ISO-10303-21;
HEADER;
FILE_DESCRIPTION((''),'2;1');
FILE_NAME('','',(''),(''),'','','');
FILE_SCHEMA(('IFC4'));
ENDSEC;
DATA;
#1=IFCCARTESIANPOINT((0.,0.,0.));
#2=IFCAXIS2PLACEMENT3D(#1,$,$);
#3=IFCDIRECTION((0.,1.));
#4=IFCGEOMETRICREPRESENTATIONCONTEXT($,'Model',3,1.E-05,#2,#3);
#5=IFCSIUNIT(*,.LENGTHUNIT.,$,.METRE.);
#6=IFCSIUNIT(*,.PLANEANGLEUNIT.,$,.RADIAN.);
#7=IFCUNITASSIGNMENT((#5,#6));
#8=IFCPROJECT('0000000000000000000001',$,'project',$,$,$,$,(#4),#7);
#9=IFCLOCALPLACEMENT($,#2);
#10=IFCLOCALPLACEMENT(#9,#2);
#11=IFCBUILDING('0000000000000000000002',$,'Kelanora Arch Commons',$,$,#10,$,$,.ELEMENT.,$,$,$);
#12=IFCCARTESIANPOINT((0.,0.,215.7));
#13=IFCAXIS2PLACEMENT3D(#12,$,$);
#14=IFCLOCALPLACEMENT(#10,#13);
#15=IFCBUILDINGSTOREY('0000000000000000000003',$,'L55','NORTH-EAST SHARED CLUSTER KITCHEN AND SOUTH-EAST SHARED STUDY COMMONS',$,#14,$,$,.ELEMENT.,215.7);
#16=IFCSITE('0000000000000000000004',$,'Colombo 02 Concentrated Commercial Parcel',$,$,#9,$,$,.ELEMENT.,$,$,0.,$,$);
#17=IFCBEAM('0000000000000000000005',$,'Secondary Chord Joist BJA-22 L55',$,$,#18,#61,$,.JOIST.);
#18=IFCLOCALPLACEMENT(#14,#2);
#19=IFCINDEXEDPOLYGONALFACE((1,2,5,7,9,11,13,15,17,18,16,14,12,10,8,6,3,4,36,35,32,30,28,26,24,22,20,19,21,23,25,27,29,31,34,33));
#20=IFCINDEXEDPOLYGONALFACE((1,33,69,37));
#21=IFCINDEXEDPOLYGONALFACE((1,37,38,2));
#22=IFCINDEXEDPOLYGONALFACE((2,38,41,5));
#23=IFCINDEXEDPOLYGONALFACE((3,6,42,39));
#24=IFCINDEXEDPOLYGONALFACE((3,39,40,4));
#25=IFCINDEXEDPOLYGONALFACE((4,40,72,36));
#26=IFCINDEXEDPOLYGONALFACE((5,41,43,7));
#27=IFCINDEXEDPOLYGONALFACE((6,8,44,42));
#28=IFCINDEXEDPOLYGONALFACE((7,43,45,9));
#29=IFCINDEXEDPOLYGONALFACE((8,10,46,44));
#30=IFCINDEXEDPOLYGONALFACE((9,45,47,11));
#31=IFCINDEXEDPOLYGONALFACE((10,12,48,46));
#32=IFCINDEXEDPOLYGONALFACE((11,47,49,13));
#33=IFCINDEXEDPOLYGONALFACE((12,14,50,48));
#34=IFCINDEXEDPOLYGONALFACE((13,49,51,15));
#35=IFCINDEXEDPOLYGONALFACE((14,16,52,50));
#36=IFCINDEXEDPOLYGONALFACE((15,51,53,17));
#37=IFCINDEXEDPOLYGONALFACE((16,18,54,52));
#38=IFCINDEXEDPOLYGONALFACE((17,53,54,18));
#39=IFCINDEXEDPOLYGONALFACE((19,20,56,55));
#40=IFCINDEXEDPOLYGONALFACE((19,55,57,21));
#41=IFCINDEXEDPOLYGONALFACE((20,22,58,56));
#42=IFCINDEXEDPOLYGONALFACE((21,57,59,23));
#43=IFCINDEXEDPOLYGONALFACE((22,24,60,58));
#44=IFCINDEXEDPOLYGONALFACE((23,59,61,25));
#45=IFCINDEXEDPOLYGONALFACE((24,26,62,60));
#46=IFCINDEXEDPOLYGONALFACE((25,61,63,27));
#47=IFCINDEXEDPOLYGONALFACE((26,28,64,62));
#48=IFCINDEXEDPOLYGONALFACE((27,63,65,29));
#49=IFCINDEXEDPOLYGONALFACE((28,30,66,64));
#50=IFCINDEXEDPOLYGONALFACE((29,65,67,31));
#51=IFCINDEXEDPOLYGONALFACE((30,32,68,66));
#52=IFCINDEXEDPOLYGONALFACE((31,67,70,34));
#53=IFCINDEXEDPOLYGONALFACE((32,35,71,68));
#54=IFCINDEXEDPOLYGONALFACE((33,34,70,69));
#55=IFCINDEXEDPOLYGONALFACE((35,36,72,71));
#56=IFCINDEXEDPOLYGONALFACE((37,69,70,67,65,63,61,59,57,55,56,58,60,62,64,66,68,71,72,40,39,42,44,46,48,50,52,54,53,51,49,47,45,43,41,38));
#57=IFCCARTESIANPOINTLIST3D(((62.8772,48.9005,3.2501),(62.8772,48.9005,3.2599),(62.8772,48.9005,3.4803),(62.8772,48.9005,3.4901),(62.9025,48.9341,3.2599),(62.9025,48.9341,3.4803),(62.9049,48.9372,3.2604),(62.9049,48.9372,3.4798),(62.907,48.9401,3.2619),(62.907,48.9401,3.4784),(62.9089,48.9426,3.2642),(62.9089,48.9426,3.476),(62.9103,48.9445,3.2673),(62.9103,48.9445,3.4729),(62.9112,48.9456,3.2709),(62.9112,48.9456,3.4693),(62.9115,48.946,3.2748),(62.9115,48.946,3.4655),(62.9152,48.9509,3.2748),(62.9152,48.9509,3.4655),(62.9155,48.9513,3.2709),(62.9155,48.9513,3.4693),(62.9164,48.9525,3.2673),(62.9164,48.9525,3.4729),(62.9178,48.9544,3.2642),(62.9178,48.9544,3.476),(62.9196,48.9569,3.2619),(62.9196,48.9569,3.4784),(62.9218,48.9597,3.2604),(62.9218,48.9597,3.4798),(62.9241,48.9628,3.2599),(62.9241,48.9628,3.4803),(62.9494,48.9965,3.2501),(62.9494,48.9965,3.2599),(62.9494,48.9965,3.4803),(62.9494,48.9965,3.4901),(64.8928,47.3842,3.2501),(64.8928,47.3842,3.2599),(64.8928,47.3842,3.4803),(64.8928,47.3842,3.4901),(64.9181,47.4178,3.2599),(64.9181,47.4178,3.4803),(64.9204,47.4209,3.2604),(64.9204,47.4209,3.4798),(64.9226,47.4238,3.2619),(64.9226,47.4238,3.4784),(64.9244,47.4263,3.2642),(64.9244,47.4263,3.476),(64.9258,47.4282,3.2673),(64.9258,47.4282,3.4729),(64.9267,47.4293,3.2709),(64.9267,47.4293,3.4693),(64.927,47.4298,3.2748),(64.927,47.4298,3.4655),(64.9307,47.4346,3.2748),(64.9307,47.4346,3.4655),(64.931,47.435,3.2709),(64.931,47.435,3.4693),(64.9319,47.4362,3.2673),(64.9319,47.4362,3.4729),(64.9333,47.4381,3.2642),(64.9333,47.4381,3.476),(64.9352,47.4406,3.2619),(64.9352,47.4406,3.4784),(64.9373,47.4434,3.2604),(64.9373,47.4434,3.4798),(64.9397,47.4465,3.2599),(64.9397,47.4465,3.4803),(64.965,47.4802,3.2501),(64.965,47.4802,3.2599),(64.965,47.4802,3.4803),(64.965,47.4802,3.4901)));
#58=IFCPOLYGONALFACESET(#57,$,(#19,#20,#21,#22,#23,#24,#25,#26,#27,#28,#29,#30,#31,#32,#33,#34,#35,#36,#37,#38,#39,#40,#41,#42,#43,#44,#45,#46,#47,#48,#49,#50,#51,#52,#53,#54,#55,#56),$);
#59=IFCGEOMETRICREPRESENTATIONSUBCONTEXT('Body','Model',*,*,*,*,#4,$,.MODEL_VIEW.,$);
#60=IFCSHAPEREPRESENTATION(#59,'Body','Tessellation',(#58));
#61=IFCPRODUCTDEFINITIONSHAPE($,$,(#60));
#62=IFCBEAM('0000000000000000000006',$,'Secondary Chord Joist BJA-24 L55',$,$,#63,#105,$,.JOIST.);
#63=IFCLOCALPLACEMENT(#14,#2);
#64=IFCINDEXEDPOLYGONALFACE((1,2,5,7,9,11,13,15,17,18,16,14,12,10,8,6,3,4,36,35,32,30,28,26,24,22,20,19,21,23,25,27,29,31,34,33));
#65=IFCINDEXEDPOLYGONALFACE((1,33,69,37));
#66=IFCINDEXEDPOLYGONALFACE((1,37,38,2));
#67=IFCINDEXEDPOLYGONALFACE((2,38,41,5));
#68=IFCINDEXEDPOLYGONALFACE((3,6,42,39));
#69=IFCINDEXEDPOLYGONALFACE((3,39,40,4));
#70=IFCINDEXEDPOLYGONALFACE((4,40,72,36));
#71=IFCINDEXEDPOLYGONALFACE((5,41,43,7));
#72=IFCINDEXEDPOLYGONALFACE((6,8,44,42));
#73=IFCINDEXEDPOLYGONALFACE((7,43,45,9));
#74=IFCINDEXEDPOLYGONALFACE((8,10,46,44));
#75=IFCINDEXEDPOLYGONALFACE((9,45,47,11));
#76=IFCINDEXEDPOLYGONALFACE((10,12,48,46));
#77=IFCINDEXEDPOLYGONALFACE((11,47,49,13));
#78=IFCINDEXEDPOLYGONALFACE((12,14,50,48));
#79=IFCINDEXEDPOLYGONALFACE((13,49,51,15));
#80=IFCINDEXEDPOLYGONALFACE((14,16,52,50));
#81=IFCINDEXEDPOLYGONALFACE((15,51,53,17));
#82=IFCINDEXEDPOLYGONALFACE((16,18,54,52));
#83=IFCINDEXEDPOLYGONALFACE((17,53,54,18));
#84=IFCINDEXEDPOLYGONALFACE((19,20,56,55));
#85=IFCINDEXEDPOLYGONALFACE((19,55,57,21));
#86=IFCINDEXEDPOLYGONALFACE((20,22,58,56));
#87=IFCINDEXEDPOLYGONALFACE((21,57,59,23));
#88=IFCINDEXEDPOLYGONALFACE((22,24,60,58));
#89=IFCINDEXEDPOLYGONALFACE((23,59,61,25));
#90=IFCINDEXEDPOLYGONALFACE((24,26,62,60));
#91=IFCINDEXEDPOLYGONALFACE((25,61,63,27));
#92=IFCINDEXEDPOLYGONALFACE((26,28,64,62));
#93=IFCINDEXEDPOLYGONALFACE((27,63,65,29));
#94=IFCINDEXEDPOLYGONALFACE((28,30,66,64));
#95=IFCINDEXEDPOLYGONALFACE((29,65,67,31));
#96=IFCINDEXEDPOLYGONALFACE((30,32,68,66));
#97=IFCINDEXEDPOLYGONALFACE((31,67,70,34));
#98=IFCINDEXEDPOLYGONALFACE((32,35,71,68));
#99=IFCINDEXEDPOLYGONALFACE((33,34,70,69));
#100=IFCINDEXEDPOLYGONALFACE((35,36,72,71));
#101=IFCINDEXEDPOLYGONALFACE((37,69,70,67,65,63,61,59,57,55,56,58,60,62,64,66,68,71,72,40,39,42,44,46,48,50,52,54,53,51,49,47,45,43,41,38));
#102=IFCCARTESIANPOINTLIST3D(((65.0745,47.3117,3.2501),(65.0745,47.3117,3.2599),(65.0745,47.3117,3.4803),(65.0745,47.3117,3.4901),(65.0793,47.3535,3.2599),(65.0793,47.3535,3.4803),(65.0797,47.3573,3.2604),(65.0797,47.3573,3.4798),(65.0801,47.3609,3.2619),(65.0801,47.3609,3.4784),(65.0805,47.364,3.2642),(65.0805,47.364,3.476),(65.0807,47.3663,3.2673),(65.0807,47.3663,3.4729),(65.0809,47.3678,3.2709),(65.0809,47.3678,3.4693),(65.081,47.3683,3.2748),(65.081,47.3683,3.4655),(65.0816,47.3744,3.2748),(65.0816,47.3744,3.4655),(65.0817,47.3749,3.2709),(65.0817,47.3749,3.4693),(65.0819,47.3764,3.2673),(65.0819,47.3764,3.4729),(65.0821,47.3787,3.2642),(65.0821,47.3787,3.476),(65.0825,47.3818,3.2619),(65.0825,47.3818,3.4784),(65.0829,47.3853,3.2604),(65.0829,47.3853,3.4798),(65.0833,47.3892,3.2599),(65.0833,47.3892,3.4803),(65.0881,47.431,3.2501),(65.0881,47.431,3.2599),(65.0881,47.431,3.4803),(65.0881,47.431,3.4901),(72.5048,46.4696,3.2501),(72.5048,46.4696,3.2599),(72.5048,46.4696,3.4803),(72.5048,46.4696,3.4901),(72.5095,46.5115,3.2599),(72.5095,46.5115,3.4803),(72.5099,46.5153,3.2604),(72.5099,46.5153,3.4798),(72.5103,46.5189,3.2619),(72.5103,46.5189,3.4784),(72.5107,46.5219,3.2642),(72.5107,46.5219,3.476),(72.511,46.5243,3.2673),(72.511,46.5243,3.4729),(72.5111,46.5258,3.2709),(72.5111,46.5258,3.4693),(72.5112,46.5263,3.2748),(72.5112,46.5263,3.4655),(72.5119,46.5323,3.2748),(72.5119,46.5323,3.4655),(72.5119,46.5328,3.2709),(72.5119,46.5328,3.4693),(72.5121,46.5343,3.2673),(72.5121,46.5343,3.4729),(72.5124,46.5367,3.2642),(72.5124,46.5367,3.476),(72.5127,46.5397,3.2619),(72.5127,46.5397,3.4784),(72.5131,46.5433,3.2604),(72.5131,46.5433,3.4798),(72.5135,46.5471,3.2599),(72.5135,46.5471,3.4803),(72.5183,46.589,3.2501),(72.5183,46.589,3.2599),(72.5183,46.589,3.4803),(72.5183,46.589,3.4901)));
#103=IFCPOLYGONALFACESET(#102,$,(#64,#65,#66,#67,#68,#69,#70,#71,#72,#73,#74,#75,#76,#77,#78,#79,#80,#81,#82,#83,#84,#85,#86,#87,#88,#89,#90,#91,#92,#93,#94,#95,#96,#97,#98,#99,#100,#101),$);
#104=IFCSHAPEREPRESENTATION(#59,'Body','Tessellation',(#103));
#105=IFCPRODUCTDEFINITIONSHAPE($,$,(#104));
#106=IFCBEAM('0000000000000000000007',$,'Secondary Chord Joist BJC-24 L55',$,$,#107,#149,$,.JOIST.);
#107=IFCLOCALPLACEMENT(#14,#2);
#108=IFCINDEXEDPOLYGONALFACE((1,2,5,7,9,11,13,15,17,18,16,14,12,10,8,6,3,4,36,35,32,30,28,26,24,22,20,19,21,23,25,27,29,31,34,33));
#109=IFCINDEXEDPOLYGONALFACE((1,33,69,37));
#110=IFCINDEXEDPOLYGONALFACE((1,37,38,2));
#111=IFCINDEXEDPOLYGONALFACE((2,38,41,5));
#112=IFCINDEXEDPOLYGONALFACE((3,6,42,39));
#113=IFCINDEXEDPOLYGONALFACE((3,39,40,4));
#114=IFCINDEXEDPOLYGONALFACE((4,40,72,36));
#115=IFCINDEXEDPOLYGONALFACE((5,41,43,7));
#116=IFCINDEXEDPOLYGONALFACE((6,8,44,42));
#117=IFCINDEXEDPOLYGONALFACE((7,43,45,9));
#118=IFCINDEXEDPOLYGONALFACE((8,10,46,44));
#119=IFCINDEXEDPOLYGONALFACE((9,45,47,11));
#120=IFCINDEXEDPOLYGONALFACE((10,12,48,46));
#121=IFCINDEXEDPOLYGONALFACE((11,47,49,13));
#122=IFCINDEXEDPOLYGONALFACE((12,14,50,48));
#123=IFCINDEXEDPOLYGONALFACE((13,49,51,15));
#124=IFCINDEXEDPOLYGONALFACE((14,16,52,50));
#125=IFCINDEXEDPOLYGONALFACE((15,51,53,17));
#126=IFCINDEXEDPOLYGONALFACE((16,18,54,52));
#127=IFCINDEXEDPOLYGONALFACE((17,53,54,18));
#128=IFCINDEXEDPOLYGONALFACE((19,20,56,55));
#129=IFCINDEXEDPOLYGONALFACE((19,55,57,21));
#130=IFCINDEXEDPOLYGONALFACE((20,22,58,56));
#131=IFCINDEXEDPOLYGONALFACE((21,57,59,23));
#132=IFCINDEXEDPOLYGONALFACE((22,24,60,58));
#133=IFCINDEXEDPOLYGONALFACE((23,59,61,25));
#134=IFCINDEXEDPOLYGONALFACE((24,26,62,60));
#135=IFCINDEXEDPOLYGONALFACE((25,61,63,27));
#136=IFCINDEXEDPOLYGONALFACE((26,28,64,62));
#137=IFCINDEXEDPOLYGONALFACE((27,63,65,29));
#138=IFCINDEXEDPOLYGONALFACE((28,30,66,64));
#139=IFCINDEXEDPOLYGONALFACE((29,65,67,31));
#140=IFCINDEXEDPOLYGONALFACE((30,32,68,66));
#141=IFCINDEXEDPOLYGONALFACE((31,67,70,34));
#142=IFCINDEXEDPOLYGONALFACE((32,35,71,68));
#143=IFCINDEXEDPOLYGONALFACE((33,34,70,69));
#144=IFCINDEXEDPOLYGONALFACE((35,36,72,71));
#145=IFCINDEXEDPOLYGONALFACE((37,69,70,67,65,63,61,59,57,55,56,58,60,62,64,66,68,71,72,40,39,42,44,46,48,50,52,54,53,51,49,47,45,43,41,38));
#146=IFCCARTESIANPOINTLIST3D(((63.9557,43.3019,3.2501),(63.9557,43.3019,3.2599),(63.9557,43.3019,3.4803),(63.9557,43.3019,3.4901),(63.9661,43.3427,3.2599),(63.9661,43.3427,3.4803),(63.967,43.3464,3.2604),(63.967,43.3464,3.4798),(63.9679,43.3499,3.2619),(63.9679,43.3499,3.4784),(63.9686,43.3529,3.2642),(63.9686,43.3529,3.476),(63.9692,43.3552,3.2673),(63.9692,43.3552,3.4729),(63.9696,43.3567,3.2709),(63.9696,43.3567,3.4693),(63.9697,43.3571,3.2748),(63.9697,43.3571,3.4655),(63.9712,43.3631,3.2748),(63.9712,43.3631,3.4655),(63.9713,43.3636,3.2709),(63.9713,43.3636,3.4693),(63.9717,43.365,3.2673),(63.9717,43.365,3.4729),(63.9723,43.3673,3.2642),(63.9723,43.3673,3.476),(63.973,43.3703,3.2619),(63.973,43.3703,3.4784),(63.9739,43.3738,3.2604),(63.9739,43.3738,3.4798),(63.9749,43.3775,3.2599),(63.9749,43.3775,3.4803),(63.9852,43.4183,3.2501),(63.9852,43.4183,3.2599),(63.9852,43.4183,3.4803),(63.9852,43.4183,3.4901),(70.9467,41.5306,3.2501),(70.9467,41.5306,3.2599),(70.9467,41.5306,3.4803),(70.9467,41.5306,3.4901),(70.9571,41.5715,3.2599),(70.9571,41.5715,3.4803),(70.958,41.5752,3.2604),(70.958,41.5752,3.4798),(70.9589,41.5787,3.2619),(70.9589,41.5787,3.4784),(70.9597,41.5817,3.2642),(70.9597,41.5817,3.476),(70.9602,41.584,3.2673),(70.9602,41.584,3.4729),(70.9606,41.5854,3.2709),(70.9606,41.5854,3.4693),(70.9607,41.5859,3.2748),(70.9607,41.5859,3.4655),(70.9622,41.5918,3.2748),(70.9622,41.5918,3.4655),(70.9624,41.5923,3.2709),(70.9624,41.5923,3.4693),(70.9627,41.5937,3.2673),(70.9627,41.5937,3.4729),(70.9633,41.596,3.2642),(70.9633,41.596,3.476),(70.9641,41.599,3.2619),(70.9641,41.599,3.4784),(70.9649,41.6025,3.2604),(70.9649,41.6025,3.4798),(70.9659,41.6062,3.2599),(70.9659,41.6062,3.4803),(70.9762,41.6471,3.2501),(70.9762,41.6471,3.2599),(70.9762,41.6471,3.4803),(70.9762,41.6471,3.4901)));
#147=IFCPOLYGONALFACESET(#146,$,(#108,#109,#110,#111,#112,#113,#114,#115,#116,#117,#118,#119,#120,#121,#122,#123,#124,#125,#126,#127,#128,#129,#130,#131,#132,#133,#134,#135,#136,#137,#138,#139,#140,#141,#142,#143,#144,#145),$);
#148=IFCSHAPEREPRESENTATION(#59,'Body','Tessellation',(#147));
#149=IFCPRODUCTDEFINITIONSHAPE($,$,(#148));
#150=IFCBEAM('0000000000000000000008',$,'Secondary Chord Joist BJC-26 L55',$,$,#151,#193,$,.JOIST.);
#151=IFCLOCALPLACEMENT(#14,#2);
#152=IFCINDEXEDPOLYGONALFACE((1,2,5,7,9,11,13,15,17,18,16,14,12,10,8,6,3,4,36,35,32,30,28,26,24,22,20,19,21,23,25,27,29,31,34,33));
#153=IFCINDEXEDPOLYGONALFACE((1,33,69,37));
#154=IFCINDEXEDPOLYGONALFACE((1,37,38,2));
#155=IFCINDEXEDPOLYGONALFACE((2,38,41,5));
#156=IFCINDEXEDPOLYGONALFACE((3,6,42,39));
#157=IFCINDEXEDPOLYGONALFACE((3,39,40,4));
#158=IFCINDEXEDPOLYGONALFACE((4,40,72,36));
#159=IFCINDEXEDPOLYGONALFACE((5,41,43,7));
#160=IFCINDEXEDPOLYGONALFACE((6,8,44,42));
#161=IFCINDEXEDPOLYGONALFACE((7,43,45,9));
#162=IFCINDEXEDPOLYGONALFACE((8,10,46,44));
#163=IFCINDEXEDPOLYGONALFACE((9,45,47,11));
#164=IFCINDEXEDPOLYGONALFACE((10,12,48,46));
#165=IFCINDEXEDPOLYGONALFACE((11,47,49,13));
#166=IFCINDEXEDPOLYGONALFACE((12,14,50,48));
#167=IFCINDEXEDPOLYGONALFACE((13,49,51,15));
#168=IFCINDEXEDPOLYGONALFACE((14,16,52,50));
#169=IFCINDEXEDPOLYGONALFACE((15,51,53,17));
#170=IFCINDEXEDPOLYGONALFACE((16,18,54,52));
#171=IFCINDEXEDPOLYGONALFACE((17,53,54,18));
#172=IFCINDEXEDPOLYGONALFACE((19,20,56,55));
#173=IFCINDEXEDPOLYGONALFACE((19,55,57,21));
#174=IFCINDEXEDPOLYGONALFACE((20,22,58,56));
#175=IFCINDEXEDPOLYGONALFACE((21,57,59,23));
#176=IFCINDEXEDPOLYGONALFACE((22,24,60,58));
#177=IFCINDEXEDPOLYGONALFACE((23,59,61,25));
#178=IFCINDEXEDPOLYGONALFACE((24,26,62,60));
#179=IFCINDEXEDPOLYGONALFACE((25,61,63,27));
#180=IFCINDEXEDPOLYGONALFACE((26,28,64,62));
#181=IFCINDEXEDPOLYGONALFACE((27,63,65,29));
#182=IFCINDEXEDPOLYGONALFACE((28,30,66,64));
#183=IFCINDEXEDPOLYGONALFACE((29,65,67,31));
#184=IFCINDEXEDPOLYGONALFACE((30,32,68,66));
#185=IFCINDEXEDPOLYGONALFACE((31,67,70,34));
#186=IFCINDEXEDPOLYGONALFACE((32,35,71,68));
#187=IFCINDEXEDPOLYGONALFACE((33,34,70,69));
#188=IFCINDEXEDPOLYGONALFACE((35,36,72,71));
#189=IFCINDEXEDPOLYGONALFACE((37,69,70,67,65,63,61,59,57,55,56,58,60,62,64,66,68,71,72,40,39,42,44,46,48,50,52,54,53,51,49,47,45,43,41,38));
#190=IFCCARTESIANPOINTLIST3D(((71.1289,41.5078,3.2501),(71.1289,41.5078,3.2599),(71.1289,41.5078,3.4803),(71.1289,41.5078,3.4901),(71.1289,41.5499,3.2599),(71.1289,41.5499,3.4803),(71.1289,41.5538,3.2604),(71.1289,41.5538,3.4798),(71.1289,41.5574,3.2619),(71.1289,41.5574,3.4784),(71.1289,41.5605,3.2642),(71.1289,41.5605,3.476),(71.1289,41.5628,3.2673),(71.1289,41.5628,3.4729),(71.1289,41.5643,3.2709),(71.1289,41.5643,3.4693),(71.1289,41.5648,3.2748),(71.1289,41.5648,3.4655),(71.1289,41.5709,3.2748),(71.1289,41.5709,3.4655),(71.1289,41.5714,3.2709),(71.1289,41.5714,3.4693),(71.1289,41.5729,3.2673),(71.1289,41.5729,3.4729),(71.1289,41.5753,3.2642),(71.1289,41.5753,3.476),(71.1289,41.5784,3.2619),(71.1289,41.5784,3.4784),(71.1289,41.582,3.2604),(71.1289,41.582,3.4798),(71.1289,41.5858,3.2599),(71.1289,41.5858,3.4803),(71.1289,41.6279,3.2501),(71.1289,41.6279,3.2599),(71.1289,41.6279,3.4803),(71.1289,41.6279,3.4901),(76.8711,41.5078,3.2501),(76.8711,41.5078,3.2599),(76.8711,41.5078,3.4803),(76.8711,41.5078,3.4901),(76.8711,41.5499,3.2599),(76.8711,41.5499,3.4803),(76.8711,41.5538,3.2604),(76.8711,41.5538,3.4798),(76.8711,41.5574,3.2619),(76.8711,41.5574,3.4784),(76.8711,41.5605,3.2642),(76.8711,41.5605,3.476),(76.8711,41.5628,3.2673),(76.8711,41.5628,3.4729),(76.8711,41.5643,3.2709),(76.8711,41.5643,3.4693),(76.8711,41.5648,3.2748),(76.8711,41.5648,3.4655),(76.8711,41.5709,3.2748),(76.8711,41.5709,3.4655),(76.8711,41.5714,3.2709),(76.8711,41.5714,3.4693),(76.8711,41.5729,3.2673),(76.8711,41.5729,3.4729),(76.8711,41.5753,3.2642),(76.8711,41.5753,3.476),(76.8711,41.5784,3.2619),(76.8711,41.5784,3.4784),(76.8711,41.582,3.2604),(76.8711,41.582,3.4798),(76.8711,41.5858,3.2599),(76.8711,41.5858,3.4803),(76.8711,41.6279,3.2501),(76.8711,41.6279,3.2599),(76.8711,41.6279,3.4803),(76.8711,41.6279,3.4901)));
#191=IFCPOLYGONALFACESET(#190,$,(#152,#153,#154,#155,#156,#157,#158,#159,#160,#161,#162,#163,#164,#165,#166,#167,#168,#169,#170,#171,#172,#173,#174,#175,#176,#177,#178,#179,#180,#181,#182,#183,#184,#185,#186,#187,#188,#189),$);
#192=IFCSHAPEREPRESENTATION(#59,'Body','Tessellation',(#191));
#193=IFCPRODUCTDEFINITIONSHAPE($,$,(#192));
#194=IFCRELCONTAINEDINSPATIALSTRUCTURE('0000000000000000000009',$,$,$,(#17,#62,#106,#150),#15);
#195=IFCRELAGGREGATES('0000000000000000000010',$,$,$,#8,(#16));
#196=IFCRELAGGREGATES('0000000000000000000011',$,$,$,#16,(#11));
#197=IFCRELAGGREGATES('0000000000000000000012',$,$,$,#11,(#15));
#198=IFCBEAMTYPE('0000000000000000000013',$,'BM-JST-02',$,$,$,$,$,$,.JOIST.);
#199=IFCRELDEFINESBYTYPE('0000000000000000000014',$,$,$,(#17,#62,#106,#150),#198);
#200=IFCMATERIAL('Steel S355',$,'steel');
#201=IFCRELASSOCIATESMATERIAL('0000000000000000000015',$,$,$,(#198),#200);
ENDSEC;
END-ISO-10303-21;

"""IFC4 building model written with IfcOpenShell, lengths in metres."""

from ifc_helpers import new_model, si_unit, direction, frame, origin, origin_2d, place, context, subcontext, project, spatial, i_section, extrude, material, material_profile, profile_set, type_object, element, save


model = new_model("IFC4")

# Units and contexts
model_context = context("Model", 3, precision=1e-05, world=origin(), true_north=direction((0.0, 1.0)))
body_context = subcontext(model_context, "Body", "Model", "MODEL_VIEW")
ifc_project = project(units=[si_unit("LENGTHUNIT", "METRE"), si_unit("PLANEANGLEUNIT", "RADIAN")], contexts=[model_context])

# Site, building, storey
site_placement = place(None, origin())
site = spatial("IfcSite", under=ifc_project, at=site_placement, Name="Colombo 02 Concentrated Commercial Parcel", CompositionType="ELEMENT", RefElevation=0.0)
building_placement = place(site_placement, origin())
building = spatial("IfcBuilding", under=site, at=building_placement, Name="Kelanora Arch Commons", CompositionType="ELEMENT")
storey_placement = place(building_placement, frame((0.0, 0.0, 215.7)))
storey = spatial("IfcBuildingStorey", under=building, at=storey_placement, Name="L55", Description="NORTH-EAST SHARED CLUSTER KITCHEN AND SOUTH-EAST SHARED STUDY COMMONS", CompositionType="ELEMENT", Elevation=215.7)

# Beams
ifc_material_1 = material(Name="Steel S355", Category="steel")
ifc_material_profile_1 = material_profile(ifc_material_1, i_section(OverallWidth=0.1201, OverallDepth=0.24, WebThickness=0.0061, FlangeThickness=0.0098, FilletRadius=0.0149, at=origin_2d()), Name="IPE240")
ifc_profile_set_1 = profile_set([ifc_material_profile_1], Name="Steel S355")
beam_type_1 = type_object("IfcBeamType", Name="BM-JST-02", PredefinedType="JOIST", material=ifc_profile_set_1)
beam_1_placement = place(storey_placement, frame((62.9133, 48.9485, 3.3701), z_axis=(0.799116, -0.601176, 0.0), x_axis=(0.601176, 0.799116, 0.0)))
element("IfcBeam", 1, at=beam_1_placement, inside=storey, type_object=beam_type_1, Name="Secondary Chord Joist BJA-22 L55", PredefinedType="JOIST", context=body_context, shape_type="SweptSolid", body=[
    extrude(i_section(OverallWidth=0.1201, OverallDepth=0.24, WebThickness=0.0061, FlangeThickness=0.0098, FilletRadius=0.0149, at=origin_2d()), origin(), (0.0, 0.0, 1.0), 2.5222),
])
beam_2_placement = place(storey_placement, frame((65.0813, 47.3713, 3.3701), z_axis=(0.99364, -0.112606, 0.0), x_axis=(0.112606, 0.99364, 0.0)))
element("IfcBeam", 2, at=beam_2_placement, inside=storey, type_object=beam_type_1, Name="Secondary Chord Joist BJA-24 L55", PredefinedType="JOIST", context=body_context, shape_type="SweptSolid", body=[
    extrude(i_section(OverallWidth=0.1201, OverallDepth=0.24, WebThickness=0.0061, FlangeThickness=0.0098, FilletRadius=0.0149, at=origin_2d()), origin(), (0.0, 0.0, 1.0), 7.4778),
])
beam_3_placement = place(storey_placement, frame((63.9705, 43.3601, 3.3701), z_axis=(0.969371, -0.245601, 0.0), x_axis=(0.245601, 0.969371, 0.0)))
element("IfcBeam", 3, at=beam_3_placement, inside=storey, type_object=beam_type_1, Name="Secondary Chord Joist BJC-24 L55", PredefinedType="JOIST", context=body_context, shape_type="SweptSolid", body=[
    extrude(i_section(OverallWidth=0.1201, OverallDepth=0.24, WebThickness=0.0061, FlangeThickness=0.0098, FilletRadius=0.0149, at=origin_2d()), origin(), (0.0, 0.0, 1.0), 7.2119),
])
beam_4_placement = place(storey_placement, frame((71.1289, 41.5679, 3.3701), z_axis=(1.0, 0.0, 0.0), x_axis=(0.0, 1.0, 0.0)))
element("IfcBeam", 4, at=beam_4_placement, inside=storey, type_object=beam_type_1, Name="Secondary Chord Joist BJC-26 L55", PredefinedType="JOIST", context=body_context, shape_type="SweptSolid", body=[
    extrude(i_section(OverallWidth=0.1201, OverallDepth=0.24, WebThickness=0.0061, FlangeThickness=0.0098, FilletRadius=0.0149, at=origin_2d()), origin(), (0.0, 0.0, 1.0), 5.7422),
])

save(model, "model.ifc")
